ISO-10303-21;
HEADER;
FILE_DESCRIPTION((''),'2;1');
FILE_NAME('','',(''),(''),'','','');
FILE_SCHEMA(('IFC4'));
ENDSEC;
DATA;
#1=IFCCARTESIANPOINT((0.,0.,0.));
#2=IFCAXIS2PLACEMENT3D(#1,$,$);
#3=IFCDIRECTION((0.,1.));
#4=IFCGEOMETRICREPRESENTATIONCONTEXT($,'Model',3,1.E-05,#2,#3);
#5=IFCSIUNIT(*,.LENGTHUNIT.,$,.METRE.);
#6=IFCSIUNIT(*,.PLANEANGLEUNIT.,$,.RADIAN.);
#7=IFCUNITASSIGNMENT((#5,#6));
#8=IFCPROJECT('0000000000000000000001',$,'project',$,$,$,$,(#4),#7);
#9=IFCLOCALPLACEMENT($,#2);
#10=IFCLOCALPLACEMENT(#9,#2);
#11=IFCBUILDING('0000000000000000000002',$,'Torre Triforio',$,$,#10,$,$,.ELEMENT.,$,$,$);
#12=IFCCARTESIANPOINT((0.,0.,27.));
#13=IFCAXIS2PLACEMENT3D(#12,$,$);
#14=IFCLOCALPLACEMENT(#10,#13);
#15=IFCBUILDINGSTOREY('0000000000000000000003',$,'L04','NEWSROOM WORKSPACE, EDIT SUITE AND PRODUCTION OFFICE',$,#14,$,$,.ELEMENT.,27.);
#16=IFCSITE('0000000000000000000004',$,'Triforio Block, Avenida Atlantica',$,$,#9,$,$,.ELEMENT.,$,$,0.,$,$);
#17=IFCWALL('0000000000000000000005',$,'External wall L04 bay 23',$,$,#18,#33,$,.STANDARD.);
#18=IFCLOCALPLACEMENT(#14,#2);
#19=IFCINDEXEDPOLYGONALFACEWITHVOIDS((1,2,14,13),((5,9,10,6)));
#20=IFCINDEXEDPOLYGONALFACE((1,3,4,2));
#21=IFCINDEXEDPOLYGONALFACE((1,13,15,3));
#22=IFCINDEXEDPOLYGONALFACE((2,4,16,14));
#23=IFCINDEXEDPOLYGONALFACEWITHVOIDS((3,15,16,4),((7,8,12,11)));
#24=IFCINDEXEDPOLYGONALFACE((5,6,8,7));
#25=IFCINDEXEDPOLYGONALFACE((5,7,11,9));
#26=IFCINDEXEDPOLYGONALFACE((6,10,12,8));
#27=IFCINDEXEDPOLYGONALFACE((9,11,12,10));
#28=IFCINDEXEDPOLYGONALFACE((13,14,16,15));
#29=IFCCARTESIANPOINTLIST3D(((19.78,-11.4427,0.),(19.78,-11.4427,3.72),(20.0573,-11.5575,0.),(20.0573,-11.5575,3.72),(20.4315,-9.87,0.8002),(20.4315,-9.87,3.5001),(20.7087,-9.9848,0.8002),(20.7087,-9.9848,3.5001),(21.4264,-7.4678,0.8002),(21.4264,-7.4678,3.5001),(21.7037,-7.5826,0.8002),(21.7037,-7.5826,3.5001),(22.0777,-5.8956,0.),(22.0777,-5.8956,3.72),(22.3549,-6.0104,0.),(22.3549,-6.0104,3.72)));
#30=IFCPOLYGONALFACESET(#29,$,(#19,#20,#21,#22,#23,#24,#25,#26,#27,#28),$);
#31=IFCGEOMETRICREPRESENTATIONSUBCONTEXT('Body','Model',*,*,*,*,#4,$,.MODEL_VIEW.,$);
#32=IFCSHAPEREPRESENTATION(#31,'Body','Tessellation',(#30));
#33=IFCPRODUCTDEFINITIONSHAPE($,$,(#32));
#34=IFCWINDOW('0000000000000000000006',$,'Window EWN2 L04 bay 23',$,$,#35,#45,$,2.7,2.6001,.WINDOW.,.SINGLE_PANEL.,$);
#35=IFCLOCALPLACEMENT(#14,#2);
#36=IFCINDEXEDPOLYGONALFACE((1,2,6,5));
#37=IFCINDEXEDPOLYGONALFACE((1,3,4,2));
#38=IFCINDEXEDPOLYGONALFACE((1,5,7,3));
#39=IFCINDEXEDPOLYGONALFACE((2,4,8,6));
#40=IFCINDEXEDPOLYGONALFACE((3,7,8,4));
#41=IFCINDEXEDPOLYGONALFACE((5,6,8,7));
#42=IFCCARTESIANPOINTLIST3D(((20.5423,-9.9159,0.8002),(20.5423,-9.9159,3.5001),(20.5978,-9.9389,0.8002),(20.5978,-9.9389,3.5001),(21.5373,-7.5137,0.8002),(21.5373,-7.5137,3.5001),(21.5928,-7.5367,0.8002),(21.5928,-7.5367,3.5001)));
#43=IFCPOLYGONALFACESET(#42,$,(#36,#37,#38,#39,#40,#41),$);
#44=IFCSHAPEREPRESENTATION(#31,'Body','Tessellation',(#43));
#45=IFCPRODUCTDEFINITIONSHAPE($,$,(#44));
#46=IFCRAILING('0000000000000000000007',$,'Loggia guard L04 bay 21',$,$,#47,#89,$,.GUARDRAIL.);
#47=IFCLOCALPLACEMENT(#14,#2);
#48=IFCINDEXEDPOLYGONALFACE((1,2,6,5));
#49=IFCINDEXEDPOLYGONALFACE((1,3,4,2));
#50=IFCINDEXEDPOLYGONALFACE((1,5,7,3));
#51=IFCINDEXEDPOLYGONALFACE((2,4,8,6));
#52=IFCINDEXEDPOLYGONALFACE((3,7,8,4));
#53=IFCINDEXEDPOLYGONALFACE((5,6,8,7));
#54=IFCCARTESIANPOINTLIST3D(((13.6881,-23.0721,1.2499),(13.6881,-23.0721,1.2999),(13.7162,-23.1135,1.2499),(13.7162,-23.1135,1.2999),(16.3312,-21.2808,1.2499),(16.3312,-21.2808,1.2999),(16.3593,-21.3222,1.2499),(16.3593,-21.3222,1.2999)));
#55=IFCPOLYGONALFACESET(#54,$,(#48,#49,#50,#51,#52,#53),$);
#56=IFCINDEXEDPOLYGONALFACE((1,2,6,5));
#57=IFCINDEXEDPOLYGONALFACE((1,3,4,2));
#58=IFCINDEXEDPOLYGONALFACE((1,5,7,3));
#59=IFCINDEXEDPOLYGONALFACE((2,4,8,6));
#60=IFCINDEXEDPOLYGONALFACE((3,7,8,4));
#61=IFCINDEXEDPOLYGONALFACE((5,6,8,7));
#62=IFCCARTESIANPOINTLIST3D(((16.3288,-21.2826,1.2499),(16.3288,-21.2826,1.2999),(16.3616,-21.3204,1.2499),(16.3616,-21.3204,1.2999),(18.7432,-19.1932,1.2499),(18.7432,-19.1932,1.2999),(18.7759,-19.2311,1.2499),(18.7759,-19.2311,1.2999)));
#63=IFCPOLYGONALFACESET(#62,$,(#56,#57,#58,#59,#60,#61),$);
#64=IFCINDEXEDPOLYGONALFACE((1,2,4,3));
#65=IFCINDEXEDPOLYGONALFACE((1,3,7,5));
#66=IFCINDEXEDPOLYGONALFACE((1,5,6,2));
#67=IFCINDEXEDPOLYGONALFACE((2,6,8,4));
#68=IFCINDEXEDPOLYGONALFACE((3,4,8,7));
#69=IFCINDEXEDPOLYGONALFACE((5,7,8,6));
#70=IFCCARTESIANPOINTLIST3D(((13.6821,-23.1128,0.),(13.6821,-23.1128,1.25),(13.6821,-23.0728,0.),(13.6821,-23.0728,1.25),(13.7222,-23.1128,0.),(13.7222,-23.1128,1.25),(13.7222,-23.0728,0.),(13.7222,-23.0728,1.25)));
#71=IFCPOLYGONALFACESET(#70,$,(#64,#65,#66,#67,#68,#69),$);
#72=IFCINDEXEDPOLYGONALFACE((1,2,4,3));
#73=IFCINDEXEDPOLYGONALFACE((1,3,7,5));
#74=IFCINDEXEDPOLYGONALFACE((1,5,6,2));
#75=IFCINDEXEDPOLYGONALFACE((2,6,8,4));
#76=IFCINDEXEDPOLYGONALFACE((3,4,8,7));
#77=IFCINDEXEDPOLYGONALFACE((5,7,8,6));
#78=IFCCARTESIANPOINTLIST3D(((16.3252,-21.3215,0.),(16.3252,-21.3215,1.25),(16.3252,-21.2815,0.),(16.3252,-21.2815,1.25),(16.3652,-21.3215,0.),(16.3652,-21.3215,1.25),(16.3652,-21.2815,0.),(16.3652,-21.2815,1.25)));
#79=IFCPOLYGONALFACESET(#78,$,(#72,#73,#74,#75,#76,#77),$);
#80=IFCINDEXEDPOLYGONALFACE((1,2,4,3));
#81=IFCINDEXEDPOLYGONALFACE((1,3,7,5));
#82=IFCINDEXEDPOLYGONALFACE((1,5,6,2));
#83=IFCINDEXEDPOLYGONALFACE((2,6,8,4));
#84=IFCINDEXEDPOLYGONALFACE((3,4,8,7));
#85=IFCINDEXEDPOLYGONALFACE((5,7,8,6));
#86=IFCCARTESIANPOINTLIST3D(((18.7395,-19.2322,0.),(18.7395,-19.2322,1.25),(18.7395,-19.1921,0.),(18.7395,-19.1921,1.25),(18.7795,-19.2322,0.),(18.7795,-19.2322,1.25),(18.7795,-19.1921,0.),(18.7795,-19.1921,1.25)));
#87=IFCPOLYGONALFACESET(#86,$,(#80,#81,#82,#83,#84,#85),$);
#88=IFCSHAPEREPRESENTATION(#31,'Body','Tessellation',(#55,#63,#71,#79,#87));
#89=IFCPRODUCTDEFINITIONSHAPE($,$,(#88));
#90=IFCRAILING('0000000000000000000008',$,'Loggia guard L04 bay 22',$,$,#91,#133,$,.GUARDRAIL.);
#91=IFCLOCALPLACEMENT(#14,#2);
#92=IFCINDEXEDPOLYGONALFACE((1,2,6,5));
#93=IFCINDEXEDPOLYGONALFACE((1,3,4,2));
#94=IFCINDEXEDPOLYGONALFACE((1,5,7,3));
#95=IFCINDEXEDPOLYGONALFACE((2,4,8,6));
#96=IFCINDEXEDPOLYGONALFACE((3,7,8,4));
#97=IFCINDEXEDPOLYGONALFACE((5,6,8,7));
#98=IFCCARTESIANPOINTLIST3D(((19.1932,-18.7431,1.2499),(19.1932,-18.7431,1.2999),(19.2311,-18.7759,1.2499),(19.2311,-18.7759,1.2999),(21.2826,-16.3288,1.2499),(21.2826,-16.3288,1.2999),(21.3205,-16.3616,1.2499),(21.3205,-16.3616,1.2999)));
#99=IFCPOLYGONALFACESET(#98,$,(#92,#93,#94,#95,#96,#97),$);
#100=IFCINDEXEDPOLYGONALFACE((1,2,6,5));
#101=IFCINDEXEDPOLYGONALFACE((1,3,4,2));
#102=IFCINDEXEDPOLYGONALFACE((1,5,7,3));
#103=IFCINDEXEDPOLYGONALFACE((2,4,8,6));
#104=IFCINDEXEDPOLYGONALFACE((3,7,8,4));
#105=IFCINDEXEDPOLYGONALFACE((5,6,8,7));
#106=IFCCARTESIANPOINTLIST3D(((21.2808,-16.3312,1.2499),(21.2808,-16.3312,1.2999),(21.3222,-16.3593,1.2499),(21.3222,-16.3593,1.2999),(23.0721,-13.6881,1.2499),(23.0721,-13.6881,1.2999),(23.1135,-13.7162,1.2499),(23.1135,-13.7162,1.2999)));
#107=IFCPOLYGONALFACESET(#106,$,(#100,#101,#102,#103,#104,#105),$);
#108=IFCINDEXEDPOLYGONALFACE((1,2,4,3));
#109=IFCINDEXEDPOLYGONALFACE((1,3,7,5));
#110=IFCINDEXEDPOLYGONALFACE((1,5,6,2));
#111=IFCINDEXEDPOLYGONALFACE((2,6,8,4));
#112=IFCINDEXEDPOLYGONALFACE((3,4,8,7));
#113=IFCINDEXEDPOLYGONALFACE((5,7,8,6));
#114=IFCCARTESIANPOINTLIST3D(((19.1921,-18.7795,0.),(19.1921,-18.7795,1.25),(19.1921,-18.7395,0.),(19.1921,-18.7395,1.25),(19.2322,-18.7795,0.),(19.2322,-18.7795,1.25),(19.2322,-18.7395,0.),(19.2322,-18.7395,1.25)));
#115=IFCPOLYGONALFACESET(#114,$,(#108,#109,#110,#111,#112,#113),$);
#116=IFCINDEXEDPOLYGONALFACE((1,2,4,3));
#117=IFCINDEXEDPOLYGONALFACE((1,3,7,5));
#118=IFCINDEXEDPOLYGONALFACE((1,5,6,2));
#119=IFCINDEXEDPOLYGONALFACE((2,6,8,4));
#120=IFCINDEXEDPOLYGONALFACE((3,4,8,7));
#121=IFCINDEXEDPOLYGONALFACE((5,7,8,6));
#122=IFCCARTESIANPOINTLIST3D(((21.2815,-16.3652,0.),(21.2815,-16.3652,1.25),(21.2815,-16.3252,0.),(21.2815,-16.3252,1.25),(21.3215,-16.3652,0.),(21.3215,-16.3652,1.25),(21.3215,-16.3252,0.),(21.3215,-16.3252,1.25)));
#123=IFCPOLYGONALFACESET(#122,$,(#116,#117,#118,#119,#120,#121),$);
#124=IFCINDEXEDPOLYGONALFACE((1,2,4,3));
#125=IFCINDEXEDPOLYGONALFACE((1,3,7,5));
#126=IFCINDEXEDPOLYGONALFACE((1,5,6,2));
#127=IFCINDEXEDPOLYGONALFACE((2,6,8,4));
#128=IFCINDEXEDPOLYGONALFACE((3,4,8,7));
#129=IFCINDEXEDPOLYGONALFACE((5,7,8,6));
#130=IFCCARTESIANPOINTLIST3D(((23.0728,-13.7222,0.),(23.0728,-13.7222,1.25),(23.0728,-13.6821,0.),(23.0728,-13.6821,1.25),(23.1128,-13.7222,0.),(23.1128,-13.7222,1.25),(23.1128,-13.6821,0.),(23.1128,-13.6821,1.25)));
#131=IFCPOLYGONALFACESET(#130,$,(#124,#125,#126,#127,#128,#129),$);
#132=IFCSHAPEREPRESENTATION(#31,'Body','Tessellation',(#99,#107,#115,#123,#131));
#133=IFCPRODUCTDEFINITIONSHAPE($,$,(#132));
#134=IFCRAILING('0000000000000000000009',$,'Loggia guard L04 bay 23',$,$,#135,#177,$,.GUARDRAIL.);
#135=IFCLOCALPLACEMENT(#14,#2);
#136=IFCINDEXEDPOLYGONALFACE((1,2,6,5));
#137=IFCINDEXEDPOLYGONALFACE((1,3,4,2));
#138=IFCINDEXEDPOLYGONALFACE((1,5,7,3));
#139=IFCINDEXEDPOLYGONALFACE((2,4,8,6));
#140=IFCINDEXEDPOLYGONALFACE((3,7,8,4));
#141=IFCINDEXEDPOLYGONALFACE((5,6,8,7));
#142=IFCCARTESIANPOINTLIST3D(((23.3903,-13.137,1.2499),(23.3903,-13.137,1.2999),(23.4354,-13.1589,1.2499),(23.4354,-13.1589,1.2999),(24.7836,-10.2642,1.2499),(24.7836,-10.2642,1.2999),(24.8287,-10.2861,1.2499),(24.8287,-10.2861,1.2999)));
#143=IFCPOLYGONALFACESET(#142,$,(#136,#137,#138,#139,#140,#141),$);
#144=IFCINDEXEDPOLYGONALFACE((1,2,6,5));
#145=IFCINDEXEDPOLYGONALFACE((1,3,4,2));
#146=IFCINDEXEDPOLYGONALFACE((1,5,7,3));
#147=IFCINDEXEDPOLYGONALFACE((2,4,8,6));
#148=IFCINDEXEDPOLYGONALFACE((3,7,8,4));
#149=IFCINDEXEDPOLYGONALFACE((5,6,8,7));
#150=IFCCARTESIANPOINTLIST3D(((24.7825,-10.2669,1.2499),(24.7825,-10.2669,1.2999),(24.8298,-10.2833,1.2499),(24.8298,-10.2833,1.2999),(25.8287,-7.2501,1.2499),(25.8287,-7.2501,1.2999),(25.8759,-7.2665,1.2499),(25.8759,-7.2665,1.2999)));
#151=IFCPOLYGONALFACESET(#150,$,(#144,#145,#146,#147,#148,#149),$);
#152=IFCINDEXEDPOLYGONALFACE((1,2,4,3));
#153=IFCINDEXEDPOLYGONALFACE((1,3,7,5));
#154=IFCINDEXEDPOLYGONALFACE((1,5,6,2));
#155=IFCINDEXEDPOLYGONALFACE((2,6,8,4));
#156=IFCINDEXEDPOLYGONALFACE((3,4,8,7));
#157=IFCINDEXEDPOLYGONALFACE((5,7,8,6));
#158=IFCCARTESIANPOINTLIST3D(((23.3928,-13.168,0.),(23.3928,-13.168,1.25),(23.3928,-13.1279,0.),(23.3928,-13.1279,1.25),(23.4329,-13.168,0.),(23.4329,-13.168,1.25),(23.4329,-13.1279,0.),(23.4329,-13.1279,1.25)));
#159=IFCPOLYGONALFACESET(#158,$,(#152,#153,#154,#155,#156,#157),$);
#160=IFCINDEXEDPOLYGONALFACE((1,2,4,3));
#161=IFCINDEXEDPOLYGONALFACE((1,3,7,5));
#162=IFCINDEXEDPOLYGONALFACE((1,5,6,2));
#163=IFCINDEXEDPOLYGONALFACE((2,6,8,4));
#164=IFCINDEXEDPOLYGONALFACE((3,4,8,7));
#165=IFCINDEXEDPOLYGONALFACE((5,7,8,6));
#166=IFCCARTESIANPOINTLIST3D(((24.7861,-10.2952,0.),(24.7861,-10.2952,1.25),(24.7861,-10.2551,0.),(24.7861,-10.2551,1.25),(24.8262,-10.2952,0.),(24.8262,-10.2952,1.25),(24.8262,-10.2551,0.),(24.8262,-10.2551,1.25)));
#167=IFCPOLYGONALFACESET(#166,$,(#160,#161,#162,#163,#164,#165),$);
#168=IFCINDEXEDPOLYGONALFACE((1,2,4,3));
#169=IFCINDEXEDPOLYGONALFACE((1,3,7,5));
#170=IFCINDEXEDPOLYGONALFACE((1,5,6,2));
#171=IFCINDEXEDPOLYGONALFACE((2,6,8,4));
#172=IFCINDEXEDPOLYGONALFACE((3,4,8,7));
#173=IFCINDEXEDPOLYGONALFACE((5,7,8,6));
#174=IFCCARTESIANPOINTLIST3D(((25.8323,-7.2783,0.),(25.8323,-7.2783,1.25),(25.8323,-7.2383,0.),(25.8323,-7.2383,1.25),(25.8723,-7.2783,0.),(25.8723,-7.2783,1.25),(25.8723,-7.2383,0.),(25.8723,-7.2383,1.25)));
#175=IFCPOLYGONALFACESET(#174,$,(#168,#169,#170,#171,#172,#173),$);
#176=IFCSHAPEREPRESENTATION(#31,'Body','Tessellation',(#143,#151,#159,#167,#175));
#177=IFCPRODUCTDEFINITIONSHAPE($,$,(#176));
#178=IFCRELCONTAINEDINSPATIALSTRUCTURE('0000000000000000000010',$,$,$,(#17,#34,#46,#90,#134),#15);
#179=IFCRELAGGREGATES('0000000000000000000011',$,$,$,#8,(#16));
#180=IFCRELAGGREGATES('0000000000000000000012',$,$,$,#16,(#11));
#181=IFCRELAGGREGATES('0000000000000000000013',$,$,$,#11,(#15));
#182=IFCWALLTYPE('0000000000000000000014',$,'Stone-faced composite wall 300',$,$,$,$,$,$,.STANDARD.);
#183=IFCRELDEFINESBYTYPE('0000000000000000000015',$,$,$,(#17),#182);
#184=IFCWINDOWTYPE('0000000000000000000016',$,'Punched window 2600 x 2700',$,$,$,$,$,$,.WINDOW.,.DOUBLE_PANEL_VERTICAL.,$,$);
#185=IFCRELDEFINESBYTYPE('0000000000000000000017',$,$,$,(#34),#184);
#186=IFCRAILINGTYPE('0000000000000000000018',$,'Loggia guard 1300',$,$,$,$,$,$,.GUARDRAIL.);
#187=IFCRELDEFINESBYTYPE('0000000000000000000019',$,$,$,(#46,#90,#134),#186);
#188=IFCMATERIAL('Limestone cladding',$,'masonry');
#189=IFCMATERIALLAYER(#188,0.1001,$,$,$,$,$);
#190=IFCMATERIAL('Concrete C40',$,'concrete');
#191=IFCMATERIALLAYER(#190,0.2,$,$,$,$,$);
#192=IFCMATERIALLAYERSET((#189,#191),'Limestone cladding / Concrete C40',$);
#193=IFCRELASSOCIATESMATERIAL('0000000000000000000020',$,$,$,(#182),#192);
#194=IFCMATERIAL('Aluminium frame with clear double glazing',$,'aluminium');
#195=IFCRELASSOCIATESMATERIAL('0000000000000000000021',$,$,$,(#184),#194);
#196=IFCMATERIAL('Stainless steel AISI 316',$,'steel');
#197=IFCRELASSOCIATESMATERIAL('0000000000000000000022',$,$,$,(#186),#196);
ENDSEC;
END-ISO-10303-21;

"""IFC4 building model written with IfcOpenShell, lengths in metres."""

from ifc_helpers import new_model, si_unit, direction, frame, frame_2d, origin, origin_2d, place, context, subcontext, project, spatial, rectangle, extrude, material, layer, layer_set, type_object, element, fill, save


model = new_model("IFC4")

# Units and contexts
model_context = context("Model", 3, precision=1e-05, world=origin(), true_north=direction((0.0, 1.0)))
body_context = subcontext(model_context, "Body", "Model", "MODEL_VIEW")
ifc_project = project(units=[si_unit("LENGTHUNIT", "METRE"), si_unit("PLANEANGLEUNIT", "RADIAN")], contexts=[model_context])

# Site, building, storey
site_placement = place(None, origin())
site = spatial("IfcSite", under=ifc_project, at=site_placement, Name="Triforio Block, Avenida Atlantica", CompositionType="ELEMENT", RefElevation=0.0)
building_placement = place(site_placement, origin())
building = spatial("IfcBuilding", under=site, at=building_placement, Name="Torre Triforio", CompositionType="ELEMENT")
storey_placement = place(building_placement, frame((0.0, 0.0, 27.0)))
storey = spatial("IfcBuildingStorey", under=building, at=storey_placement, Name="L04", Description="NEWSROOM WORKSPACE, EDIT SUITE AND PRODUCTION OFFICE", CompositionType="ELEMENT", Elevation=27.0)

# Shared definitions
ifc_material_1 = material(Name="Limestone cladding", Category="masonry")
ifc_material_2 = material(Name="Concrete C40", Category="concrete")

# Shared definitions
ifc_layer_1 = layer(ifc_material_1, 0.1001)
ifc_layer_2 = layer(ifc_material_2, 0.2)
ifc_layer_set_1 = layer_set([ifc_layer_1, ifc_layer_2], Name="Limestone cladding / Concrete C40")
wall_type_1 = type_object("IfcWallType", Name="Stone-faced composite wall 300", PredefinedType="STANDARD", material=ifc_layer_set_1)
ifc_material_3 = material(Name="Aluminium frame with clear double glazing", Category="aluminium")

# Wall, opening, window
wall_1_placement = place(storey_placement, frame((19.9187, -11.5, 0.0), z_axis=(0.0, 0.0, 1.0), x_axis=(0.382671, 0.923885, 0.0)))
wall_1 = element("IfcWall", 1, at=wall_1_placement, inside=storey, type_object=wall_type_1, Name="External wall L04 bay 23", PredefinedType="STANDARD", context=body_context, shape_type="SweptSolid", body=[
    extrude(rectangle(XDim=6.0042, YDim=0.3, at=frame_2d((3.002, 0.0))), origin(), (0.0, 0.0, 1.0), 3.72),
])
opening_1_placement = place(wall_1_placement, frame((1.7021, 0.0, 0.8)))
opening_1 = element("IfcOpeningElement", 2, at=opening_1_placement, cuts=wall_1, PredefinedType="OPENING", context=body_context, shape_type="SweptSolid", body=[
    extrude(rectangle(XDim=2.6001, YDim=2.7, at=frame_2d((1.3, 1.3501))), frame((0.0, 0.1599, 0.0), z_axis=(0.0, -1.0, 0.0), x_axis=(1.0, 0.0, 0.0)), (0.0, 0.0, 1.0), 0.3201),
])
window_type_1 = type_object("IfcWindowType", Name="Punched window 2600 x 2700", PartitioningType="DOUBLE_PANEL_VERTICAL", PredefinedType="WINDOW", material=ifc_material_3)
window_1_placement = place(opening_1_placement, origin())
window_1 = element("IfcWindow", 3, at=window_1_placement, inside=storey, type_object=window_type_1, Name="Window EWN2 L04 bay 23", OverallHeight=2.7, OverallWidth=2.6001, PartitioningType="SINGLE_PANEL", PredefinedType="WINDOW", context=body_context, shape_type="SweptSolid", body=[
    extrude(rectangle(XDim=2.6001, YDim=2.7, at=frame_2d((1.3, 1.3501))), frame((0.0, 0.03, 0.0), z_axis=(0.0, -1.0, 0.0), x_axis=(1.0, 0.0, 0.0)), (0.0, 0.0, 1.0), 0.0601),
])
fill(opening_1, window_1)

# Railings
ifc_material_4 = material(Name="Stainless steel AISI 316", Category="steel")
railing_type = type_object("IfcRailingType", Name="Loggia guard 1300", PredefinedType="GUARDRAIL", material=ifc_material_4)
railing_1_placement = place(storey_placement, frame((13.7021, -23.0928, 0.0)))
element("IfcRailing", 4, at=railing_1_placement, inside=storey, type_object=railing_type, Name="Loggia guard L04 bay 21", PredefinedType="GUARDRAIL", context=body_context, shape_type="SweptSolid", body=[
    extrude(rectangle(XDim=0.05, YDim=0.05, at=origin_2d()), frame((0.0, 0.0, 1.2749), z_axis=(0.827803, 0.561019, 0.0), x_axis=(-0.561019, 0.827803, 0.0)), (0.0, 0.0, 1.0), 3.1929),
    extrude(rectangle(XDim=0.05, YDim=0.05, at=origin_2d()), frame((2.6431, 1.7913, 1.2749), z_axis=(0.756161, 0.654386, 0.0), x_axis=(-0.654386, 0.756161, 0.0)), (0.0, 0.0, 1.0), 3.1929),
    extrude(rectangle(XDim=0.04, YDim=0.04, at=origin_2d()), origin(), (0.0, 0.0, 1.0), 1.25),
    extrude(rectangle(XDim=0.04, YDim=0.04, at=origin_2d()), frame((2.6431, 1.7913, 0.0)), (0.0, 0.0, 1.0), 1.25),
    extrude(rectangle(XDim=0.04, YDim=0.04, at=origin_2d()), frame((5.0574, 3.8806, 0.0)), (0.0, 0.0, 1.0), 1.25),
])
railing_2_placement = place(storey_placement, frame((19.2122, -18.7595, 0.0)))
element("IfcRailing", 5, at=railing_2_placement, inside=storey, type_object=railing_type, Name="Loggia guard L04 bay 22", PredefinedType="GUARDRAIL", context=body_context, shape_type="SweptSolid", body=[
    extrude(rectangle(XDim=0.05, YDim=0.05, at=origin_2d()), frame((0.0, 0.0, 1.2749), z_axis=(0.654386, 0.756161, 0.0), x_axis=(-0.756161, 0.654386, 0.0)), (0.0, 0.0, 1.0), 3.1929),
    extrude(rectangle(XDim=0.05, YDim=0.05, at=origin_2d()), frame((2.0894, 2.4143, 1.2749), z_axis=(0.561019, 0.827803, 0.0), x_axis=(-0.827803, 0.561019, 0.0)), (0.0, 0.0, 1.0), 3.1929),
    extrude(rectangle(XDim=0.04, YDim=0.04, at=origin_2d()), origin(), (0.0, 0.0, 1.0), 1.25),
    extrude(rectangle(XDim=0.04, YDim=0.04, at=origin_2d()), frame((2.0894, 2.4143, 0.0)), (0.0, 0.0, 1.0), 1.25),
    extrude(rectangle(XDim=0.04, YDim=0.04, at=origin_2d()), frame((3.8806, 5.0574, 0.0)), (0.0, 0.0, 1.0), 1.25),
])
railing_3_placement = place(storey_placement, frame((23.4128, -13.1479, 0.0)))
element("IfcRailing", 6, at=railing_3_placement, inside=storey, type_object=railing_type, Name="Loggia guard L04 bay 23", PredefinedType="GUARDRAIL", context=body_context, shape_type="SweptSolid", body=[
    extrude(rectangle(XDim=0.05, YDim=0.05, at=origin_2d()), frame((0.0, 0.0, 1.2749), z_axis=(0.436384, 0.89976, 0.0), x_axis=(-0.89976, 0.436384, 0.0)), (0.0, 0.0, 1.0), 3.1929),
    extrude(rectangle(XDim=0.05, YDim=0.05, at=origin_2d()), frame((1.3933, 2.8728, 1.2749), z_axis=(0.327628, 0.944807, 0.0), x_axis=(-0.944807, 0.327628, 0.0)), (0.0, 0.0, 1.0), 3.1931),
    extrude(rectangle(XDim=0.04, YDim=0.04, at=origin_2d()), origin(), (0.0, 0.0, 1.0), 1.25),
    extrude(rectangle(XDim=0.04, YDim=0.04, at=origin_2d()), frame((1.3933, 2.8728, 0.0)), (0.0, 0.0, 1.0), 1.25),
    extrude(rectangle(XDim=0.04, YDim=0.04, at=origin_2d()), frame((2.4395, 5.8896, 0.0)), (0.0, 0.0, 1.0), 1.25),
])

save(model, "model.ifc")
